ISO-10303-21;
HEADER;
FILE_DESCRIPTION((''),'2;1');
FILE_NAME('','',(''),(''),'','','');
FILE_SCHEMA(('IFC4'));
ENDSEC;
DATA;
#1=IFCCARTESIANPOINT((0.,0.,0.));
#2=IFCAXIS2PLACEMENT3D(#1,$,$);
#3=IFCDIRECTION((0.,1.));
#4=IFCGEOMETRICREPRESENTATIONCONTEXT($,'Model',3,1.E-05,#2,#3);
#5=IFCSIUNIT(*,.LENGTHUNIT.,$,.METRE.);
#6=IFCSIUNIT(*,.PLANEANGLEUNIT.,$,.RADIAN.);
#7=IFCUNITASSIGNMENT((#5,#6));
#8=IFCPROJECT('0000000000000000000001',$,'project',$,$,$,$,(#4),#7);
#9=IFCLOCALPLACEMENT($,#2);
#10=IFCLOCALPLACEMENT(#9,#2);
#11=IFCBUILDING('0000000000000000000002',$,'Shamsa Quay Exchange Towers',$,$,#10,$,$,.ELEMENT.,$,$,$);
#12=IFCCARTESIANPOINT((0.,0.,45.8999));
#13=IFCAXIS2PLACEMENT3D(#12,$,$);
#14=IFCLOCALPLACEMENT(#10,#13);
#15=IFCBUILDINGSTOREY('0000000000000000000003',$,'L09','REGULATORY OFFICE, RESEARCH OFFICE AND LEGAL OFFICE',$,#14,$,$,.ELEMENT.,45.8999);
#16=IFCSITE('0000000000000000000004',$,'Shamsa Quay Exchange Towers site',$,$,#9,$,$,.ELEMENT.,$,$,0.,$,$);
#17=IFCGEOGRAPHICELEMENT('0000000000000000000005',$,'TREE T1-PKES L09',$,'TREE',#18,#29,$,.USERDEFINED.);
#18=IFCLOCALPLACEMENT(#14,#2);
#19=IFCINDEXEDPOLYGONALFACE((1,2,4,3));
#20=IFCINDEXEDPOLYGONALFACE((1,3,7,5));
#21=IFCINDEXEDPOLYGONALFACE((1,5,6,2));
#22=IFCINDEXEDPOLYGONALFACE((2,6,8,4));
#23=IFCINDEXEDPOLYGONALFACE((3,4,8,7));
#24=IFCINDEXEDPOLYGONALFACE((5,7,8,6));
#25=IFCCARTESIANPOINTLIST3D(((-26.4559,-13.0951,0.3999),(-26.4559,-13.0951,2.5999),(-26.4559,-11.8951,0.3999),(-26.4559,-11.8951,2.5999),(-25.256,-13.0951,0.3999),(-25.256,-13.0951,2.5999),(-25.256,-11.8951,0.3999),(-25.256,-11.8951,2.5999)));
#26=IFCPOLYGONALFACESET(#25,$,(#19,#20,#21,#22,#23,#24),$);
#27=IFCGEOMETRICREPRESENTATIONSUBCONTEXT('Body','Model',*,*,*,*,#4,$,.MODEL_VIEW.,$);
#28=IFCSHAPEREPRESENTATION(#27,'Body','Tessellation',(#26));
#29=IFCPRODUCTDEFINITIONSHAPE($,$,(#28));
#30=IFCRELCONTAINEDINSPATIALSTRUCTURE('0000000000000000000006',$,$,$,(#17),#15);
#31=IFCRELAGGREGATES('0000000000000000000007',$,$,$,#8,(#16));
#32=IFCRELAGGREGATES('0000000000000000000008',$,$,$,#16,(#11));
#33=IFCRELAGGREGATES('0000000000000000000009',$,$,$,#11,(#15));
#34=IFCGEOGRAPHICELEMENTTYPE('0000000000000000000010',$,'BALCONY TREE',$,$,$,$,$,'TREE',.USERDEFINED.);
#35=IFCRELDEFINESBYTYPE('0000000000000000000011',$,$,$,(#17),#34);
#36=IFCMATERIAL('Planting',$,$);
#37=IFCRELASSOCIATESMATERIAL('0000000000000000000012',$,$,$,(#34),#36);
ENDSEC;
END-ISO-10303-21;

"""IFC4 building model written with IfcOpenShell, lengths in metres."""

from ifc_helpers import new_model, si_unit, direction, frame, origin, origin_2d, place, context, subcontext, project, spatial, rectangle, extrude, material, type_object, element, save


model = new_model("IFC4")

# Units and contexts
model_context = context("Model", 3, precision=1e-05, world=origin(), true_north=direction((0.0, 1.0)))
body_context = subcontext(model_context, "Body", "Model", "MODEL_VIEW")
ifc_project = project(units=[si_unit("LENGTHUNIT", "METRE"), si_unit("PLANEANGLEUNIT", "RADIAN")], contexts=[model_context])

# Site, building, storey
site_placement = place(None, origin())
site = spatial("IfcSite", under=ifc_project, at=site_placement, Name="Shamsa Quay Exchange Towers site", CompositionType="ELEMENT", RefElevation=0.0)
building_placement = place(site_placement, origin())
building = spatial("IfcBuilding", under=site, at=building_placement, Name="Shamsa Quay Exchange Towers", CompositionType="ELEMENT")
storey_placement = place(building_placement, frame((0.0, 0.0, 45.8999)))
storey = spatial("IfcBuildingStorey", under=building, at=storey_placement, Name="L09", Description="REGULATORY OFFICE, RESEARCH OFFICE AND LEGAL OFFICE", CompositionType="ELEMENT", Elevation=45.8999)

# Geographic element
ifc_material_1 = material(Name="Planting")
geographic_element_type = type_object("IfcGeographicElementType", Name="BALCONY TREE", ElementType="TREE", PredefinedType="USERDEFINED", material=ifc_material_1)
geographic_element_placement = place(storey_placement, frame((-25.856, -12.4951, 0.3999)))
element("IfcGeographicElement", 1, at=geographic_element_placement, inside=storey, type_object=geographic_element_type, Name="TREE T1-PKES L09", ObjectType="TREE", PredefinedType="USERDEFINED", context=body_context, shape_type="SweptSolid", body=[
    extrude(rectangle(XDim=1.2, YDim=1.2, at=origin_2d()), origin(), (0.0, 0.0, 1.0), 2.2),
])

save(model, "model.ifc")
